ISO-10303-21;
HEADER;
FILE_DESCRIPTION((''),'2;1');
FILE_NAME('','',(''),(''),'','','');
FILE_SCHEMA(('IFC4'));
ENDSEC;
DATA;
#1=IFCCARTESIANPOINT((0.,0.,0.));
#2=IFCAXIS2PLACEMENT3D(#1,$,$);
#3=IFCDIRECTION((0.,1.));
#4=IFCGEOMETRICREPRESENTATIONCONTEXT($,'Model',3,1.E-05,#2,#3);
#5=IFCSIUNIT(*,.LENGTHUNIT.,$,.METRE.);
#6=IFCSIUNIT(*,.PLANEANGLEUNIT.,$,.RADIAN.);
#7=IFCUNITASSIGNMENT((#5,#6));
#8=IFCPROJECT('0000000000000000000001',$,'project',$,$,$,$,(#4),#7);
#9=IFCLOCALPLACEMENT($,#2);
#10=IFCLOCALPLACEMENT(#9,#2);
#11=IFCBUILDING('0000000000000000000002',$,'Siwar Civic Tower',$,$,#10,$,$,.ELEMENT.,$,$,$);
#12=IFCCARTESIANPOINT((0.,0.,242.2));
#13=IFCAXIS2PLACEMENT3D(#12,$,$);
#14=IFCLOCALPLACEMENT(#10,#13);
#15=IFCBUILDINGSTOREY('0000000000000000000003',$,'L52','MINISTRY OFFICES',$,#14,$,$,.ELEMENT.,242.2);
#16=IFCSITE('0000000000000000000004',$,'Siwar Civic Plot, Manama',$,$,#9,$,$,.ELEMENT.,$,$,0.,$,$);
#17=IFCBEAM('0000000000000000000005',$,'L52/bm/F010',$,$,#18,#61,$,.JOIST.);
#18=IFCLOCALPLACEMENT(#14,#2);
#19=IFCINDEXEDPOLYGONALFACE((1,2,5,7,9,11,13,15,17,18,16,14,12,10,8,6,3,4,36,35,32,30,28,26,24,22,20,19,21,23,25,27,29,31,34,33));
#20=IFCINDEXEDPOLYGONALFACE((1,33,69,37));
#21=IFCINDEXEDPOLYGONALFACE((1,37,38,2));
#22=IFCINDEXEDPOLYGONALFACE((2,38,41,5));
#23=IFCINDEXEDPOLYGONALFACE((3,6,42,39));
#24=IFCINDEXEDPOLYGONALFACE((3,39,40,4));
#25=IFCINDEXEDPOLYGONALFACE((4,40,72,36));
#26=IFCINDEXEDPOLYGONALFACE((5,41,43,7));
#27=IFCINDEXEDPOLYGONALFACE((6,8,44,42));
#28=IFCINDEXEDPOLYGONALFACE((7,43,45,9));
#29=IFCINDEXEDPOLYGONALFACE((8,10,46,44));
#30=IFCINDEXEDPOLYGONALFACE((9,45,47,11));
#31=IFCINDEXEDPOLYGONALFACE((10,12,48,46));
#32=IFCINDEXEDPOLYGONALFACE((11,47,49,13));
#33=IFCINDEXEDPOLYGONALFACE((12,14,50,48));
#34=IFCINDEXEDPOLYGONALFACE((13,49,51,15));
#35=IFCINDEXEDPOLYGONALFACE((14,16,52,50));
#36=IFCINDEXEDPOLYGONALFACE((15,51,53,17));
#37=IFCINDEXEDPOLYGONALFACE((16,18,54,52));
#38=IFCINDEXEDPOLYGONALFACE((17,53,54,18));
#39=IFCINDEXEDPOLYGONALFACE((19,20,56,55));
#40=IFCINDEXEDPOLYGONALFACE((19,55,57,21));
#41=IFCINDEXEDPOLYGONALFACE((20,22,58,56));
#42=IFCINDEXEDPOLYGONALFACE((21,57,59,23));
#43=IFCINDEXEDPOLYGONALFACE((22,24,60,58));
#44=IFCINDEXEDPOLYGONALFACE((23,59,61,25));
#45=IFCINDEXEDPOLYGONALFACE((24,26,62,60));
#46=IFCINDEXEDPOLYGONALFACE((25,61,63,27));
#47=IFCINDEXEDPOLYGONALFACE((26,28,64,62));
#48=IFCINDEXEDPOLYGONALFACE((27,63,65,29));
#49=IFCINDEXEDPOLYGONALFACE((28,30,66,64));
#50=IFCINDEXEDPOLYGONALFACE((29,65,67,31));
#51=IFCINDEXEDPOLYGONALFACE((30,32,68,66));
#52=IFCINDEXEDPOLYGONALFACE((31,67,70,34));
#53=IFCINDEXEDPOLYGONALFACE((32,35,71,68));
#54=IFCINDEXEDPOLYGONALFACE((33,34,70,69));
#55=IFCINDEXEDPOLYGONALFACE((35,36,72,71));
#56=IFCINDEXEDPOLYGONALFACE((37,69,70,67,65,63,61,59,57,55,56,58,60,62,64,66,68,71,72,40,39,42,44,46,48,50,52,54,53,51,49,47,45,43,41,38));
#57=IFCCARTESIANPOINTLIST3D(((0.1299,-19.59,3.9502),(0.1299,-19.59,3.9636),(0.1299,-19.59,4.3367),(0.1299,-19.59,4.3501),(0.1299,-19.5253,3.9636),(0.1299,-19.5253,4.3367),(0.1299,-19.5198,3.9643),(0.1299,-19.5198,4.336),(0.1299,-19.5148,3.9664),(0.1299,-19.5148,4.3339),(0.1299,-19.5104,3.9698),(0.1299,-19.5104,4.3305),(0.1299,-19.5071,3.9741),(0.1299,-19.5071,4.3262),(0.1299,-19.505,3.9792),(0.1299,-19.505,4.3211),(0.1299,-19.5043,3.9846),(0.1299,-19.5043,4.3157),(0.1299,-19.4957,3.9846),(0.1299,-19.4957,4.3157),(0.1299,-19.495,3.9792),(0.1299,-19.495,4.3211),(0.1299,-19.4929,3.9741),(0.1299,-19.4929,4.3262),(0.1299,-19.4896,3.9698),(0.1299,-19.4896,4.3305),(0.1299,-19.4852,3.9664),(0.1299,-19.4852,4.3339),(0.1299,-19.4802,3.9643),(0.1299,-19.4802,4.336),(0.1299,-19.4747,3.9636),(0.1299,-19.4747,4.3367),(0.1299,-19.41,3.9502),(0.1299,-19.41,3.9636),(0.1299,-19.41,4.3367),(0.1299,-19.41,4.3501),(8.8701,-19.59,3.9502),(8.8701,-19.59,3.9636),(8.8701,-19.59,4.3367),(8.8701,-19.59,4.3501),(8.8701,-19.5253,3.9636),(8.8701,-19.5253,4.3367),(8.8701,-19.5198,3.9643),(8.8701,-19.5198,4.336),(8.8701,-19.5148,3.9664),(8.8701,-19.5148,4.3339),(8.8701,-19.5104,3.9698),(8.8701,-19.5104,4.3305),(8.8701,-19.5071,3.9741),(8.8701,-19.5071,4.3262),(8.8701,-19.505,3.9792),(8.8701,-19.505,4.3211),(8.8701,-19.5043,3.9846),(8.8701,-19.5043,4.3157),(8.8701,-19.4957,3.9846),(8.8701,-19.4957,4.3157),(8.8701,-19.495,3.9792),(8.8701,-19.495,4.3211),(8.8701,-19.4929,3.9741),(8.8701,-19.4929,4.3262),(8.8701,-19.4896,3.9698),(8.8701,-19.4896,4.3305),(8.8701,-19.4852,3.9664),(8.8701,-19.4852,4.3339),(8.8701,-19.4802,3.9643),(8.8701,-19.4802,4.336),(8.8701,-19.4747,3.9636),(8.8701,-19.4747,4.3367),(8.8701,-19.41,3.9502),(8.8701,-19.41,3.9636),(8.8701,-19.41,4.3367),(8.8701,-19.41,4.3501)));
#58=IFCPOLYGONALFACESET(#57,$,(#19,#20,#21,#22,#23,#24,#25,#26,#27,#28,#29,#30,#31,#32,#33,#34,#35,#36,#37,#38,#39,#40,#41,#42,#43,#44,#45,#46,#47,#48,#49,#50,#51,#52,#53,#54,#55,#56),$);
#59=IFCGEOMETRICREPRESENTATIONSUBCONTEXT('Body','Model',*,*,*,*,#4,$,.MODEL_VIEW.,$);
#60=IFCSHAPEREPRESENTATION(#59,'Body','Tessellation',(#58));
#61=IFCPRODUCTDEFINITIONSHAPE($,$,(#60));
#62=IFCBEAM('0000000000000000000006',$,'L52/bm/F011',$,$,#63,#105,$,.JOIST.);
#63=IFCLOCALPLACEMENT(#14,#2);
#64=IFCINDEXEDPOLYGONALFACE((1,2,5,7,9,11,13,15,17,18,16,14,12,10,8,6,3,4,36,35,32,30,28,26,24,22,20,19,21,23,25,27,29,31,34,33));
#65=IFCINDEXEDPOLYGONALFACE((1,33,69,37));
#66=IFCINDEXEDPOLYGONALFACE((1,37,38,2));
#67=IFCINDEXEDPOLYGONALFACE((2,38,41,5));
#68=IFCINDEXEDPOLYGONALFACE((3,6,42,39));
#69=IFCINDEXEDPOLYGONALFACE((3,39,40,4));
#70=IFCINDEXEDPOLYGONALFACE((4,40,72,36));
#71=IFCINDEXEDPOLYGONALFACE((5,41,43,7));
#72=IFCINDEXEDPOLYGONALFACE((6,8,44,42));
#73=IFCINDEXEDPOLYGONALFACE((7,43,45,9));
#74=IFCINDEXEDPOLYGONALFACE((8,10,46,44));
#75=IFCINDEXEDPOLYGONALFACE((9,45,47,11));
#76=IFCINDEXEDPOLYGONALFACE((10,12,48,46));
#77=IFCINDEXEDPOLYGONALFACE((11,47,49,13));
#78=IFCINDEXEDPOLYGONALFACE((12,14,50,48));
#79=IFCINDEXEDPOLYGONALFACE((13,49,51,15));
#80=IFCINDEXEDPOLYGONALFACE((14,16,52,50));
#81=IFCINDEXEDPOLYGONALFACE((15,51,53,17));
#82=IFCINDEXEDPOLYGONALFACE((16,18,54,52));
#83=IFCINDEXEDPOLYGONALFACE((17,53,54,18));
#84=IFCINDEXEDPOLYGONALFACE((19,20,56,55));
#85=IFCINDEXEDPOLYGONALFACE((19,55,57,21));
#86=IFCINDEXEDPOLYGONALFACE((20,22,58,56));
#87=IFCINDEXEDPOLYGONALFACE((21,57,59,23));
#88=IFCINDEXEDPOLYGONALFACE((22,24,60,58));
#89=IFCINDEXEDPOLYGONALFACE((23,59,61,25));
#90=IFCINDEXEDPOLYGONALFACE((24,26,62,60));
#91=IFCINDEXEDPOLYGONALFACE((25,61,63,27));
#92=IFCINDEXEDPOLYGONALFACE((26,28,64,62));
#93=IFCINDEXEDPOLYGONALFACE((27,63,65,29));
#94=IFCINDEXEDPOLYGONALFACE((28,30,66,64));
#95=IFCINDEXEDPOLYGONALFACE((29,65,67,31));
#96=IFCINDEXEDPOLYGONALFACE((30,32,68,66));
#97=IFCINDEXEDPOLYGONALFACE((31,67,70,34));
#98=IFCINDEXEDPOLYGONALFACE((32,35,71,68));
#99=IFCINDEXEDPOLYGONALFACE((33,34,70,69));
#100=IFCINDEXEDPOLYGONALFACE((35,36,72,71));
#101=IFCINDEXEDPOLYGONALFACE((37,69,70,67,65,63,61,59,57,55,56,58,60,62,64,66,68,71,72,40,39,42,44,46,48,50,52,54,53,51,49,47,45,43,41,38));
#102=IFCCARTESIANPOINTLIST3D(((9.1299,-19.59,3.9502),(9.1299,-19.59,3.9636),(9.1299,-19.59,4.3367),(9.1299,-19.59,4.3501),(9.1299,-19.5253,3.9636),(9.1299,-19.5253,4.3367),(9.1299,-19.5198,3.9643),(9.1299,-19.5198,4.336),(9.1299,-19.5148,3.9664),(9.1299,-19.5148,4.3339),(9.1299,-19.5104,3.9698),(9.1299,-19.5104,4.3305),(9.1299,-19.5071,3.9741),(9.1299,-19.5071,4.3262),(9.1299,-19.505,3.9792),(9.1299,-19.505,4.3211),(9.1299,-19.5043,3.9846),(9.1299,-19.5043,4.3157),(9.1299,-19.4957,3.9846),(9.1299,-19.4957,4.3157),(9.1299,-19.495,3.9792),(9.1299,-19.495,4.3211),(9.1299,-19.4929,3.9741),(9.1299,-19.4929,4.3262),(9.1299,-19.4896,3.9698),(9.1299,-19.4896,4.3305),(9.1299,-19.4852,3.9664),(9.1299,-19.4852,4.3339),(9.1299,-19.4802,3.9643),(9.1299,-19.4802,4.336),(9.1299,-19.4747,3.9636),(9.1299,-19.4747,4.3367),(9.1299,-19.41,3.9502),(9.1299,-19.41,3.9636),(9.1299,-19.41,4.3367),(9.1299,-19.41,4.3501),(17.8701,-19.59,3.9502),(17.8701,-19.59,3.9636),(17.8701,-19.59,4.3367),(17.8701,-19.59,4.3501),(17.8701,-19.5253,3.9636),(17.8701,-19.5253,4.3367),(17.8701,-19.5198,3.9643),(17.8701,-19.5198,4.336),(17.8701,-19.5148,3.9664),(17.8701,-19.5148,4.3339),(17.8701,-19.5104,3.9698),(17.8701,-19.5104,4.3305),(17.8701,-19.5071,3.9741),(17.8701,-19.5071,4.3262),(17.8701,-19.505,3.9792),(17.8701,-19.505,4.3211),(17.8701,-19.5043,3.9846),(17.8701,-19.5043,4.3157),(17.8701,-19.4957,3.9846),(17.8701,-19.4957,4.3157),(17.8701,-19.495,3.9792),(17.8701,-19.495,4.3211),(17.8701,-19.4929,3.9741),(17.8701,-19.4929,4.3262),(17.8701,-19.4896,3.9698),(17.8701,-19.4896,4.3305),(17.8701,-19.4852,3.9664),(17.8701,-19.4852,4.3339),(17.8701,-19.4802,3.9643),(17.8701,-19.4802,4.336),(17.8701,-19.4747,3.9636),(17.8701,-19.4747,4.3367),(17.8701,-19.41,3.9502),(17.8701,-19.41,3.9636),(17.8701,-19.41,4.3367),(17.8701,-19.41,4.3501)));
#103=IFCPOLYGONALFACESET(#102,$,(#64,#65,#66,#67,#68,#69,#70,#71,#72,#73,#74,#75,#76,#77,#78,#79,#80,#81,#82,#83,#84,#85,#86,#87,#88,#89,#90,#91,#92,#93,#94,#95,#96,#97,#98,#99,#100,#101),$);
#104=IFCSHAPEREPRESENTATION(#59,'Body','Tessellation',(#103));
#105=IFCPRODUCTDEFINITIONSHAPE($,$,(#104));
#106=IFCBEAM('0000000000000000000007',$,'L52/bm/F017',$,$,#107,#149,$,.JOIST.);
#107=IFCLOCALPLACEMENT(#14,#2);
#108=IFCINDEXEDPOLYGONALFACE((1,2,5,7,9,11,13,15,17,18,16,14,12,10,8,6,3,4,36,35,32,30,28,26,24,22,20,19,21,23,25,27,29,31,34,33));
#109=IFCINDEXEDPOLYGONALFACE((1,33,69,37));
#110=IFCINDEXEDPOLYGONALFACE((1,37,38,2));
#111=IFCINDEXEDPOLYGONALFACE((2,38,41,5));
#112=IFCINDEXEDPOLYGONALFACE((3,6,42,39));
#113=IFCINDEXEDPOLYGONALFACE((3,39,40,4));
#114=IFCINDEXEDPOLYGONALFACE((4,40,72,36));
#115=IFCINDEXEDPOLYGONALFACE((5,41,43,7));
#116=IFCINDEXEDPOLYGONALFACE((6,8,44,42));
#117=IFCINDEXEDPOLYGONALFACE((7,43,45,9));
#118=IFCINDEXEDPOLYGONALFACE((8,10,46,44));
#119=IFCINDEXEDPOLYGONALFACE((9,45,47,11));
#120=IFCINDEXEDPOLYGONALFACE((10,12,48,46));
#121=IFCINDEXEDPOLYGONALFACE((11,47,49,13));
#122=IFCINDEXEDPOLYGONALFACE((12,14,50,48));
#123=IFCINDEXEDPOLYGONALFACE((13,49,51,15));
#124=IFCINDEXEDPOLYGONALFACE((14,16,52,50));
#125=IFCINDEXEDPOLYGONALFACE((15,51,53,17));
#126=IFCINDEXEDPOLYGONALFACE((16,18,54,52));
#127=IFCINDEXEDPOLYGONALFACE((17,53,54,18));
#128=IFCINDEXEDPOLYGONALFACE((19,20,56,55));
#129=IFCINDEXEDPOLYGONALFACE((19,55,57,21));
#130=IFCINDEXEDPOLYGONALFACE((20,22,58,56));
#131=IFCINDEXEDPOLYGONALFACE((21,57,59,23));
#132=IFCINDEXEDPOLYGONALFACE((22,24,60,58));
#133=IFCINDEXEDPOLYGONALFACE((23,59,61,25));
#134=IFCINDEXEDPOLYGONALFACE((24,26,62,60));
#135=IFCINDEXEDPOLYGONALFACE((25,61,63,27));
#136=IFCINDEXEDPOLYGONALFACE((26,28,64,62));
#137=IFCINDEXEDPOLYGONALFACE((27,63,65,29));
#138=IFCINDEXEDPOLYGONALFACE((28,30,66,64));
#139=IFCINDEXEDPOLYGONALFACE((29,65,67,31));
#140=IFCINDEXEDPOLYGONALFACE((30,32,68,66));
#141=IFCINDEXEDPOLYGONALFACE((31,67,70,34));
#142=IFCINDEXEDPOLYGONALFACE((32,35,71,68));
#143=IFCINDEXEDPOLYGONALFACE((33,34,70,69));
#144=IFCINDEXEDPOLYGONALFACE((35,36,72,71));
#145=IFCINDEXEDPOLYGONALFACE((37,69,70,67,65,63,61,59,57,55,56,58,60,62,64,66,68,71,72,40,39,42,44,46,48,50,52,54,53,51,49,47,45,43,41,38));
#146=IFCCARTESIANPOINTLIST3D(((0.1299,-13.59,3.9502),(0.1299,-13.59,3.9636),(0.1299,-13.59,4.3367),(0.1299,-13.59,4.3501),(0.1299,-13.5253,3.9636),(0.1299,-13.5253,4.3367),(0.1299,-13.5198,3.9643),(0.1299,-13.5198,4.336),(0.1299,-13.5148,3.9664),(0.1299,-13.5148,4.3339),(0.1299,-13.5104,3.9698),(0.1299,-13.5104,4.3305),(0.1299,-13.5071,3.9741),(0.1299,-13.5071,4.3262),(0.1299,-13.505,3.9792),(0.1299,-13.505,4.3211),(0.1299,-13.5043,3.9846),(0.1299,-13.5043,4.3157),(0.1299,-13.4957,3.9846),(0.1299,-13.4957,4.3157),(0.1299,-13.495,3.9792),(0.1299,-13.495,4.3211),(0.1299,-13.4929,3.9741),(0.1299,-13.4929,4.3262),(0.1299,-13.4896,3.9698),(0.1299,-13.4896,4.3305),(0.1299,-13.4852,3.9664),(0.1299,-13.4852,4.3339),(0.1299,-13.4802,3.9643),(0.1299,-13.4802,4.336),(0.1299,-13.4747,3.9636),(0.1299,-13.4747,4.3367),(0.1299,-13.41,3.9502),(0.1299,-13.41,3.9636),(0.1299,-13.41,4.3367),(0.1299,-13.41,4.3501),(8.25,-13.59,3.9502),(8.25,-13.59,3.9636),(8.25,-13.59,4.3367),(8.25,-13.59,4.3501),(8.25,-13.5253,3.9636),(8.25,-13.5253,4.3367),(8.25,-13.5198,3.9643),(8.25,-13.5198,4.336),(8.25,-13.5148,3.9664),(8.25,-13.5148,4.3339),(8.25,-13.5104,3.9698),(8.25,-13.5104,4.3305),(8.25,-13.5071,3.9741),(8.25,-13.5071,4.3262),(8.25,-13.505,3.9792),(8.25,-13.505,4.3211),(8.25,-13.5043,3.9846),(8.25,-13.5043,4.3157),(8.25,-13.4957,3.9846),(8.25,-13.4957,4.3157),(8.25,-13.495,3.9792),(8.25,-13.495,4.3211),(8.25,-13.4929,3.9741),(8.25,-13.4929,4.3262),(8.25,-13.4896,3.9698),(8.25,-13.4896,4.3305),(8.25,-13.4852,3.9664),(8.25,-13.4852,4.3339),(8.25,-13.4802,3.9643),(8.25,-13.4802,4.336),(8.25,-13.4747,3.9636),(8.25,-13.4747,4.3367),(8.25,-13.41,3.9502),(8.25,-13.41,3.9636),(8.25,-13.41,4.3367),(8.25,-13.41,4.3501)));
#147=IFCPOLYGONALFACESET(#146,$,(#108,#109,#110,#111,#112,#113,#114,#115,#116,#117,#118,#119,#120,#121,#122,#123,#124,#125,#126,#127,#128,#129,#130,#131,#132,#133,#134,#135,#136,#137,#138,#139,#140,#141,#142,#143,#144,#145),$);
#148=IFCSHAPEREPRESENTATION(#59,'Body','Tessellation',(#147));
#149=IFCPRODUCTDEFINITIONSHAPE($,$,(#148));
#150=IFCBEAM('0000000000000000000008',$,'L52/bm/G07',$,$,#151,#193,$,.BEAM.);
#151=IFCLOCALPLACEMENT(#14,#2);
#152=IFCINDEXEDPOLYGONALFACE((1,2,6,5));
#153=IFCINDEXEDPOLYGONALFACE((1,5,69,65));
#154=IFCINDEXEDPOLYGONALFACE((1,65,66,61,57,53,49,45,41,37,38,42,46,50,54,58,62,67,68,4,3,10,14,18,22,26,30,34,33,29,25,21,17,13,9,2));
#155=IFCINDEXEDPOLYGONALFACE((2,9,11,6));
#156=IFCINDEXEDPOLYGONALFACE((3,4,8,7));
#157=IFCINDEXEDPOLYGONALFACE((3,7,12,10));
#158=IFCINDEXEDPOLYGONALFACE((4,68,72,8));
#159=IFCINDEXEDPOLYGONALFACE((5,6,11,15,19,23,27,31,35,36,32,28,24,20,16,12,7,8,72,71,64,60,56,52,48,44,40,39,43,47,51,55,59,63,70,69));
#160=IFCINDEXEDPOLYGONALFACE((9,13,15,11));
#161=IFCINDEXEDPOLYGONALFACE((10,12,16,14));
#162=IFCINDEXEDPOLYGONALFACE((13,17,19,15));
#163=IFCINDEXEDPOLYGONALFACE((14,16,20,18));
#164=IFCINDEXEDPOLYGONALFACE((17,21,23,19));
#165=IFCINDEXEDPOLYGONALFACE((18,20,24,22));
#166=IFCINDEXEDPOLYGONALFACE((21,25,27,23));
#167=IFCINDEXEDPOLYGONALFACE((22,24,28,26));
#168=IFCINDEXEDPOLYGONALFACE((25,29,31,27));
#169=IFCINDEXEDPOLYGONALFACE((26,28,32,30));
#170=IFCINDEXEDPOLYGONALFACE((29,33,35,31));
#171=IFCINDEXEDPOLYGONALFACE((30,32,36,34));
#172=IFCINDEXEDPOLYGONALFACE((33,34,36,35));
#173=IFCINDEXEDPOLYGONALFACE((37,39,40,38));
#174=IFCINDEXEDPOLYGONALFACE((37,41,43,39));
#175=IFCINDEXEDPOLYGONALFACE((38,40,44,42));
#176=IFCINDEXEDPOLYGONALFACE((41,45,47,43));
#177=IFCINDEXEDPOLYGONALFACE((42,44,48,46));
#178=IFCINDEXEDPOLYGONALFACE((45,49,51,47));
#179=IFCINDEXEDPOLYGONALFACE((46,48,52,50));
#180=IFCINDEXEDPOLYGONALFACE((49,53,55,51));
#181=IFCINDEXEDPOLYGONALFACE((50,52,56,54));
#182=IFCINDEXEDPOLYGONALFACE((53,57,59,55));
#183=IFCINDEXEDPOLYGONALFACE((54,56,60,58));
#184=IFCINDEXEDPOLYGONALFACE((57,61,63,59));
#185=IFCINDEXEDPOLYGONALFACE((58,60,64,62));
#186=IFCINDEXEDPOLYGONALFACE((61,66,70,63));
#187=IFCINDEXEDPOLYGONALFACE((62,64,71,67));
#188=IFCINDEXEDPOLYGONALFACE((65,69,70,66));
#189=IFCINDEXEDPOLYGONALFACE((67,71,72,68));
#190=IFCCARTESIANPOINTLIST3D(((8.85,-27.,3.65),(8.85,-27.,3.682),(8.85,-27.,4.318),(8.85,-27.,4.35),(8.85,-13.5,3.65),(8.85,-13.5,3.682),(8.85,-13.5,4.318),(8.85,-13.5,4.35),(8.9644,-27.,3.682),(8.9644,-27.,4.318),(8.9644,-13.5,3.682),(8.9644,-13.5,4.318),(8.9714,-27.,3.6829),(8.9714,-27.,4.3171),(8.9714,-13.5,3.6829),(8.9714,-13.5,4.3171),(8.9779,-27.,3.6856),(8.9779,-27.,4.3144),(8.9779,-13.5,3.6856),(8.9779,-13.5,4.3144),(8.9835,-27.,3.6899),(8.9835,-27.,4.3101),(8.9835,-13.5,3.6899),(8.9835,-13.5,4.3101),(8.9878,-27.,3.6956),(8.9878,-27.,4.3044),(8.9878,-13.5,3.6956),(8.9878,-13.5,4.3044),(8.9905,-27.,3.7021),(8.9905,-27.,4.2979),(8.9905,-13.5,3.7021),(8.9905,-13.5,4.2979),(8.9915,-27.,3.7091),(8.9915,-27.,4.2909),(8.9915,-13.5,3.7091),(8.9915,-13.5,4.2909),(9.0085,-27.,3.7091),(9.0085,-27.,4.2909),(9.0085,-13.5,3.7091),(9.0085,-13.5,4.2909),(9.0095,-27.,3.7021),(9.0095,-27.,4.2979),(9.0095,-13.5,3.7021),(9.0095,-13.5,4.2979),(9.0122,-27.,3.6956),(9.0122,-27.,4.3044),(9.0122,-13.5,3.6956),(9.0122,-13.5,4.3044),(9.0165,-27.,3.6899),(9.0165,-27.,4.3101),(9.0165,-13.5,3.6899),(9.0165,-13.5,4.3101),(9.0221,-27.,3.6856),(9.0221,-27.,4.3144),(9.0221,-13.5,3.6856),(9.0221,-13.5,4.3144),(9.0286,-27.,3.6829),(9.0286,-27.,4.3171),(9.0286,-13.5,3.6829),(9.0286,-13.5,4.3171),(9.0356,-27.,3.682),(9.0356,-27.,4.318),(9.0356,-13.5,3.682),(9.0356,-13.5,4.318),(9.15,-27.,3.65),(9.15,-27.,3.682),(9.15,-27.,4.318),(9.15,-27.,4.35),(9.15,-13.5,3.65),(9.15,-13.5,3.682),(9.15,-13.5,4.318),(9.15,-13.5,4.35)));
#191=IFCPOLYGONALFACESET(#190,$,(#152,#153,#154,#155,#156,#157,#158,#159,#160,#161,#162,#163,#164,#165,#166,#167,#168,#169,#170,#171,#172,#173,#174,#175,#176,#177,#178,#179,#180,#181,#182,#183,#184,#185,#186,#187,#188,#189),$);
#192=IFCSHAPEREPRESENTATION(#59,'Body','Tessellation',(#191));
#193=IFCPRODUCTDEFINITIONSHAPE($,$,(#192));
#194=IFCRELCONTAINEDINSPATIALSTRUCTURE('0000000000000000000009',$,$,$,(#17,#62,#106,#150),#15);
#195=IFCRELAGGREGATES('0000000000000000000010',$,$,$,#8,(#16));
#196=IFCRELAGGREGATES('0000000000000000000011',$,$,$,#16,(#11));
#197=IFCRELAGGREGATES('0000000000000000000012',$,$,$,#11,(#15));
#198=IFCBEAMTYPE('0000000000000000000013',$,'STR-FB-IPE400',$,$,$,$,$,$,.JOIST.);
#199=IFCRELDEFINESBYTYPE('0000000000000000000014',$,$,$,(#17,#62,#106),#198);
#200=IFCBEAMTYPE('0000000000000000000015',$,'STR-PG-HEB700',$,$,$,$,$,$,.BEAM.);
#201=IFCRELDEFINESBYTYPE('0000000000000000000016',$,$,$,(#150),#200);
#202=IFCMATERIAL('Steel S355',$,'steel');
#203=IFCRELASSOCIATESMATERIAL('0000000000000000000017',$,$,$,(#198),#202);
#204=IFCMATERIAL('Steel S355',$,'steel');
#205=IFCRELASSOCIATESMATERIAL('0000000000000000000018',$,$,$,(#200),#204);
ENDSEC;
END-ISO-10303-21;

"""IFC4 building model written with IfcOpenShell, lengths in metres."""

from ifc_helpers import new_model, si_unit, direction, frame, origin, origin_2d, place, context, subcontext, project, spatial, i_section, extrude, material, material_profile, profile_set, type_object, element, save


model = new_model("IFC4")

# Units and contexts
model_context = context("Model", 3, precision=1e-05, world=origin(), true_north=direction((0.0, 1.0)))
body_context = subcontext(model_context, "Body", "Model", "MODEL_VIEW")
ifc_project = project(units=[si_unit("LENGTHUNIT", "METRE"), si_unit("PLANEANGLEUNIT", "RADIAN")], contexts=[model_context])

# Site, building, storey
site_placement = place(None, origin())
site = spatial("IfcSite", under=ifc_project, at=site_placement, Name="Siwar Civic Plot, Manama", CompositionType="ELEMENT", RefElevation=0.0)
building_placement = place(site_placement, origin())
building = spatial("IfcBuilding", under=site, at=building_placement, Name="Siwar Civic Tower", CompositionType="ELEMENT")
storey_placement = place(building_placement, frame((0.0, 0.0, 242.2)))
storey = spatial("IfcBuildingStorey", under=building, at=storey_placement, Name="L52", Description="MINISTRY OFFICES", CompositionType="ELEMENT", Elevation=242.2)

# Beams
ifc_material_1 = material(Name="Steel S355", Category="steel")
ifc_material_profile_1 = material_profile(ifc_material_1, i_section(OverallWidth=0.1799, OverallDepth=0.3999, WebThickness=0.0085, FlangeThickness=0.0134, FilletRadius=0.021, at=origin_2d()), Name="IPE400")
ifc_profile_set_1 = profile_set([ifc_material_profile_1], Name="Steel S355")
beam_type_1 = type_object("IfcBeamType", Name="STR-FB-IPE400", PredefinedType="JOIST", material=ifc_profile_set_1)
for number, where, z_axis, x_axis, name in (
    (1, (0.1299, -19.5, 4.1501), (1.0, 0.0, 0.0), (0.0, 1.0, 0.0), "L52/bm/F010"),
    (2, (9.1299, -19.5, 4.1501), (1.0, 0.0, 0.0), (0.0, 1.0, 0.0), "L52/bm/F011"),
):
    element("IfcBeam", number, at=place(storey_placement, frame(where, z_axis=z_axis, x_axis=x_axis)), inside=storey, type_object=beam_type_1, Name=name, PredefinedType="JOIST", context=body_context, shape_type="SweptSolid", body=[
        extrude(i_section(OverallWidth=0.1799, OverallDepth=0.3999, WebThickness=0.0085, FlangeThickness=0.0134, FilletRadius=0.021, at=origin_2d()), origin(), (0.0, 0.0, 1.0), 8.7402),
    ])
beam_1_placement = place(storey_placement, frame((0.1299, -13.5, 4.1501), z_axis=(1.0, 0.0, 0.0), x_axis=(0.0, 1.0, 0.0)))
element("IfcBeam", 3, at=beam_1_placement, inside=storey, type_object=beam_type_1, Name="L52/bm/F017", PredefinedType="JOIST", context=body_context, shape_type="SweptSolid", body=[
    extrude(i_section(OverallWidth=0.1799, OverallDepth=0.3999, WebThickness=0.0085, FlangeThickness=0.0134, FilletRadius=0.021, at=origin_2d()), origin(), (0.0, 0.0, 1.0), 8.1201),
])
ifc_material_2 = material(Name="Steel S355", Category="steel")
ifc_material_profile_2 = material_profile(ifc_material_2, i_section(OverallWidth=0.3, OverallDepth=0.7, WebThickness=0.0171, FlangeThickness=0.032, FilletRadius=0.0271, at=origin_2d()), Name="HEB700")
ifc_profile_set_2 = profile_set([ifc_material_profile_2], Name="Steel S355")
beam_type_2 = type_object("IfcBeamType", Name="STR-PG-HEB700", PredefinedType="BEAM", material=ifc_profile_set_2)
beam_2_placement = place(storey_placement, frame((9.0, -27.0, 4.0), z_axis=(0.0, 1.0, 0.0), x_axis=(-1.0, 0.0, 0.0)))
element("IfcBeam", 4, at=beam_2_placement, inside=storey, type_object=beam_type_2, Name="L52/bm/G07", PredefinedType="BEAM", context=body_context, shape_type="SweptSolid", body=[
    extrude(i_section(OverallWidth=0.3, OverallDepth=0.7, WebThickness=0.0171, FlangeThickness=0.032, FilletRadius=0.0271, at=origin_2d()), origin(), (0.0, 0.0, 1.0), 13.5),
])

save(model, "model.ifc")
